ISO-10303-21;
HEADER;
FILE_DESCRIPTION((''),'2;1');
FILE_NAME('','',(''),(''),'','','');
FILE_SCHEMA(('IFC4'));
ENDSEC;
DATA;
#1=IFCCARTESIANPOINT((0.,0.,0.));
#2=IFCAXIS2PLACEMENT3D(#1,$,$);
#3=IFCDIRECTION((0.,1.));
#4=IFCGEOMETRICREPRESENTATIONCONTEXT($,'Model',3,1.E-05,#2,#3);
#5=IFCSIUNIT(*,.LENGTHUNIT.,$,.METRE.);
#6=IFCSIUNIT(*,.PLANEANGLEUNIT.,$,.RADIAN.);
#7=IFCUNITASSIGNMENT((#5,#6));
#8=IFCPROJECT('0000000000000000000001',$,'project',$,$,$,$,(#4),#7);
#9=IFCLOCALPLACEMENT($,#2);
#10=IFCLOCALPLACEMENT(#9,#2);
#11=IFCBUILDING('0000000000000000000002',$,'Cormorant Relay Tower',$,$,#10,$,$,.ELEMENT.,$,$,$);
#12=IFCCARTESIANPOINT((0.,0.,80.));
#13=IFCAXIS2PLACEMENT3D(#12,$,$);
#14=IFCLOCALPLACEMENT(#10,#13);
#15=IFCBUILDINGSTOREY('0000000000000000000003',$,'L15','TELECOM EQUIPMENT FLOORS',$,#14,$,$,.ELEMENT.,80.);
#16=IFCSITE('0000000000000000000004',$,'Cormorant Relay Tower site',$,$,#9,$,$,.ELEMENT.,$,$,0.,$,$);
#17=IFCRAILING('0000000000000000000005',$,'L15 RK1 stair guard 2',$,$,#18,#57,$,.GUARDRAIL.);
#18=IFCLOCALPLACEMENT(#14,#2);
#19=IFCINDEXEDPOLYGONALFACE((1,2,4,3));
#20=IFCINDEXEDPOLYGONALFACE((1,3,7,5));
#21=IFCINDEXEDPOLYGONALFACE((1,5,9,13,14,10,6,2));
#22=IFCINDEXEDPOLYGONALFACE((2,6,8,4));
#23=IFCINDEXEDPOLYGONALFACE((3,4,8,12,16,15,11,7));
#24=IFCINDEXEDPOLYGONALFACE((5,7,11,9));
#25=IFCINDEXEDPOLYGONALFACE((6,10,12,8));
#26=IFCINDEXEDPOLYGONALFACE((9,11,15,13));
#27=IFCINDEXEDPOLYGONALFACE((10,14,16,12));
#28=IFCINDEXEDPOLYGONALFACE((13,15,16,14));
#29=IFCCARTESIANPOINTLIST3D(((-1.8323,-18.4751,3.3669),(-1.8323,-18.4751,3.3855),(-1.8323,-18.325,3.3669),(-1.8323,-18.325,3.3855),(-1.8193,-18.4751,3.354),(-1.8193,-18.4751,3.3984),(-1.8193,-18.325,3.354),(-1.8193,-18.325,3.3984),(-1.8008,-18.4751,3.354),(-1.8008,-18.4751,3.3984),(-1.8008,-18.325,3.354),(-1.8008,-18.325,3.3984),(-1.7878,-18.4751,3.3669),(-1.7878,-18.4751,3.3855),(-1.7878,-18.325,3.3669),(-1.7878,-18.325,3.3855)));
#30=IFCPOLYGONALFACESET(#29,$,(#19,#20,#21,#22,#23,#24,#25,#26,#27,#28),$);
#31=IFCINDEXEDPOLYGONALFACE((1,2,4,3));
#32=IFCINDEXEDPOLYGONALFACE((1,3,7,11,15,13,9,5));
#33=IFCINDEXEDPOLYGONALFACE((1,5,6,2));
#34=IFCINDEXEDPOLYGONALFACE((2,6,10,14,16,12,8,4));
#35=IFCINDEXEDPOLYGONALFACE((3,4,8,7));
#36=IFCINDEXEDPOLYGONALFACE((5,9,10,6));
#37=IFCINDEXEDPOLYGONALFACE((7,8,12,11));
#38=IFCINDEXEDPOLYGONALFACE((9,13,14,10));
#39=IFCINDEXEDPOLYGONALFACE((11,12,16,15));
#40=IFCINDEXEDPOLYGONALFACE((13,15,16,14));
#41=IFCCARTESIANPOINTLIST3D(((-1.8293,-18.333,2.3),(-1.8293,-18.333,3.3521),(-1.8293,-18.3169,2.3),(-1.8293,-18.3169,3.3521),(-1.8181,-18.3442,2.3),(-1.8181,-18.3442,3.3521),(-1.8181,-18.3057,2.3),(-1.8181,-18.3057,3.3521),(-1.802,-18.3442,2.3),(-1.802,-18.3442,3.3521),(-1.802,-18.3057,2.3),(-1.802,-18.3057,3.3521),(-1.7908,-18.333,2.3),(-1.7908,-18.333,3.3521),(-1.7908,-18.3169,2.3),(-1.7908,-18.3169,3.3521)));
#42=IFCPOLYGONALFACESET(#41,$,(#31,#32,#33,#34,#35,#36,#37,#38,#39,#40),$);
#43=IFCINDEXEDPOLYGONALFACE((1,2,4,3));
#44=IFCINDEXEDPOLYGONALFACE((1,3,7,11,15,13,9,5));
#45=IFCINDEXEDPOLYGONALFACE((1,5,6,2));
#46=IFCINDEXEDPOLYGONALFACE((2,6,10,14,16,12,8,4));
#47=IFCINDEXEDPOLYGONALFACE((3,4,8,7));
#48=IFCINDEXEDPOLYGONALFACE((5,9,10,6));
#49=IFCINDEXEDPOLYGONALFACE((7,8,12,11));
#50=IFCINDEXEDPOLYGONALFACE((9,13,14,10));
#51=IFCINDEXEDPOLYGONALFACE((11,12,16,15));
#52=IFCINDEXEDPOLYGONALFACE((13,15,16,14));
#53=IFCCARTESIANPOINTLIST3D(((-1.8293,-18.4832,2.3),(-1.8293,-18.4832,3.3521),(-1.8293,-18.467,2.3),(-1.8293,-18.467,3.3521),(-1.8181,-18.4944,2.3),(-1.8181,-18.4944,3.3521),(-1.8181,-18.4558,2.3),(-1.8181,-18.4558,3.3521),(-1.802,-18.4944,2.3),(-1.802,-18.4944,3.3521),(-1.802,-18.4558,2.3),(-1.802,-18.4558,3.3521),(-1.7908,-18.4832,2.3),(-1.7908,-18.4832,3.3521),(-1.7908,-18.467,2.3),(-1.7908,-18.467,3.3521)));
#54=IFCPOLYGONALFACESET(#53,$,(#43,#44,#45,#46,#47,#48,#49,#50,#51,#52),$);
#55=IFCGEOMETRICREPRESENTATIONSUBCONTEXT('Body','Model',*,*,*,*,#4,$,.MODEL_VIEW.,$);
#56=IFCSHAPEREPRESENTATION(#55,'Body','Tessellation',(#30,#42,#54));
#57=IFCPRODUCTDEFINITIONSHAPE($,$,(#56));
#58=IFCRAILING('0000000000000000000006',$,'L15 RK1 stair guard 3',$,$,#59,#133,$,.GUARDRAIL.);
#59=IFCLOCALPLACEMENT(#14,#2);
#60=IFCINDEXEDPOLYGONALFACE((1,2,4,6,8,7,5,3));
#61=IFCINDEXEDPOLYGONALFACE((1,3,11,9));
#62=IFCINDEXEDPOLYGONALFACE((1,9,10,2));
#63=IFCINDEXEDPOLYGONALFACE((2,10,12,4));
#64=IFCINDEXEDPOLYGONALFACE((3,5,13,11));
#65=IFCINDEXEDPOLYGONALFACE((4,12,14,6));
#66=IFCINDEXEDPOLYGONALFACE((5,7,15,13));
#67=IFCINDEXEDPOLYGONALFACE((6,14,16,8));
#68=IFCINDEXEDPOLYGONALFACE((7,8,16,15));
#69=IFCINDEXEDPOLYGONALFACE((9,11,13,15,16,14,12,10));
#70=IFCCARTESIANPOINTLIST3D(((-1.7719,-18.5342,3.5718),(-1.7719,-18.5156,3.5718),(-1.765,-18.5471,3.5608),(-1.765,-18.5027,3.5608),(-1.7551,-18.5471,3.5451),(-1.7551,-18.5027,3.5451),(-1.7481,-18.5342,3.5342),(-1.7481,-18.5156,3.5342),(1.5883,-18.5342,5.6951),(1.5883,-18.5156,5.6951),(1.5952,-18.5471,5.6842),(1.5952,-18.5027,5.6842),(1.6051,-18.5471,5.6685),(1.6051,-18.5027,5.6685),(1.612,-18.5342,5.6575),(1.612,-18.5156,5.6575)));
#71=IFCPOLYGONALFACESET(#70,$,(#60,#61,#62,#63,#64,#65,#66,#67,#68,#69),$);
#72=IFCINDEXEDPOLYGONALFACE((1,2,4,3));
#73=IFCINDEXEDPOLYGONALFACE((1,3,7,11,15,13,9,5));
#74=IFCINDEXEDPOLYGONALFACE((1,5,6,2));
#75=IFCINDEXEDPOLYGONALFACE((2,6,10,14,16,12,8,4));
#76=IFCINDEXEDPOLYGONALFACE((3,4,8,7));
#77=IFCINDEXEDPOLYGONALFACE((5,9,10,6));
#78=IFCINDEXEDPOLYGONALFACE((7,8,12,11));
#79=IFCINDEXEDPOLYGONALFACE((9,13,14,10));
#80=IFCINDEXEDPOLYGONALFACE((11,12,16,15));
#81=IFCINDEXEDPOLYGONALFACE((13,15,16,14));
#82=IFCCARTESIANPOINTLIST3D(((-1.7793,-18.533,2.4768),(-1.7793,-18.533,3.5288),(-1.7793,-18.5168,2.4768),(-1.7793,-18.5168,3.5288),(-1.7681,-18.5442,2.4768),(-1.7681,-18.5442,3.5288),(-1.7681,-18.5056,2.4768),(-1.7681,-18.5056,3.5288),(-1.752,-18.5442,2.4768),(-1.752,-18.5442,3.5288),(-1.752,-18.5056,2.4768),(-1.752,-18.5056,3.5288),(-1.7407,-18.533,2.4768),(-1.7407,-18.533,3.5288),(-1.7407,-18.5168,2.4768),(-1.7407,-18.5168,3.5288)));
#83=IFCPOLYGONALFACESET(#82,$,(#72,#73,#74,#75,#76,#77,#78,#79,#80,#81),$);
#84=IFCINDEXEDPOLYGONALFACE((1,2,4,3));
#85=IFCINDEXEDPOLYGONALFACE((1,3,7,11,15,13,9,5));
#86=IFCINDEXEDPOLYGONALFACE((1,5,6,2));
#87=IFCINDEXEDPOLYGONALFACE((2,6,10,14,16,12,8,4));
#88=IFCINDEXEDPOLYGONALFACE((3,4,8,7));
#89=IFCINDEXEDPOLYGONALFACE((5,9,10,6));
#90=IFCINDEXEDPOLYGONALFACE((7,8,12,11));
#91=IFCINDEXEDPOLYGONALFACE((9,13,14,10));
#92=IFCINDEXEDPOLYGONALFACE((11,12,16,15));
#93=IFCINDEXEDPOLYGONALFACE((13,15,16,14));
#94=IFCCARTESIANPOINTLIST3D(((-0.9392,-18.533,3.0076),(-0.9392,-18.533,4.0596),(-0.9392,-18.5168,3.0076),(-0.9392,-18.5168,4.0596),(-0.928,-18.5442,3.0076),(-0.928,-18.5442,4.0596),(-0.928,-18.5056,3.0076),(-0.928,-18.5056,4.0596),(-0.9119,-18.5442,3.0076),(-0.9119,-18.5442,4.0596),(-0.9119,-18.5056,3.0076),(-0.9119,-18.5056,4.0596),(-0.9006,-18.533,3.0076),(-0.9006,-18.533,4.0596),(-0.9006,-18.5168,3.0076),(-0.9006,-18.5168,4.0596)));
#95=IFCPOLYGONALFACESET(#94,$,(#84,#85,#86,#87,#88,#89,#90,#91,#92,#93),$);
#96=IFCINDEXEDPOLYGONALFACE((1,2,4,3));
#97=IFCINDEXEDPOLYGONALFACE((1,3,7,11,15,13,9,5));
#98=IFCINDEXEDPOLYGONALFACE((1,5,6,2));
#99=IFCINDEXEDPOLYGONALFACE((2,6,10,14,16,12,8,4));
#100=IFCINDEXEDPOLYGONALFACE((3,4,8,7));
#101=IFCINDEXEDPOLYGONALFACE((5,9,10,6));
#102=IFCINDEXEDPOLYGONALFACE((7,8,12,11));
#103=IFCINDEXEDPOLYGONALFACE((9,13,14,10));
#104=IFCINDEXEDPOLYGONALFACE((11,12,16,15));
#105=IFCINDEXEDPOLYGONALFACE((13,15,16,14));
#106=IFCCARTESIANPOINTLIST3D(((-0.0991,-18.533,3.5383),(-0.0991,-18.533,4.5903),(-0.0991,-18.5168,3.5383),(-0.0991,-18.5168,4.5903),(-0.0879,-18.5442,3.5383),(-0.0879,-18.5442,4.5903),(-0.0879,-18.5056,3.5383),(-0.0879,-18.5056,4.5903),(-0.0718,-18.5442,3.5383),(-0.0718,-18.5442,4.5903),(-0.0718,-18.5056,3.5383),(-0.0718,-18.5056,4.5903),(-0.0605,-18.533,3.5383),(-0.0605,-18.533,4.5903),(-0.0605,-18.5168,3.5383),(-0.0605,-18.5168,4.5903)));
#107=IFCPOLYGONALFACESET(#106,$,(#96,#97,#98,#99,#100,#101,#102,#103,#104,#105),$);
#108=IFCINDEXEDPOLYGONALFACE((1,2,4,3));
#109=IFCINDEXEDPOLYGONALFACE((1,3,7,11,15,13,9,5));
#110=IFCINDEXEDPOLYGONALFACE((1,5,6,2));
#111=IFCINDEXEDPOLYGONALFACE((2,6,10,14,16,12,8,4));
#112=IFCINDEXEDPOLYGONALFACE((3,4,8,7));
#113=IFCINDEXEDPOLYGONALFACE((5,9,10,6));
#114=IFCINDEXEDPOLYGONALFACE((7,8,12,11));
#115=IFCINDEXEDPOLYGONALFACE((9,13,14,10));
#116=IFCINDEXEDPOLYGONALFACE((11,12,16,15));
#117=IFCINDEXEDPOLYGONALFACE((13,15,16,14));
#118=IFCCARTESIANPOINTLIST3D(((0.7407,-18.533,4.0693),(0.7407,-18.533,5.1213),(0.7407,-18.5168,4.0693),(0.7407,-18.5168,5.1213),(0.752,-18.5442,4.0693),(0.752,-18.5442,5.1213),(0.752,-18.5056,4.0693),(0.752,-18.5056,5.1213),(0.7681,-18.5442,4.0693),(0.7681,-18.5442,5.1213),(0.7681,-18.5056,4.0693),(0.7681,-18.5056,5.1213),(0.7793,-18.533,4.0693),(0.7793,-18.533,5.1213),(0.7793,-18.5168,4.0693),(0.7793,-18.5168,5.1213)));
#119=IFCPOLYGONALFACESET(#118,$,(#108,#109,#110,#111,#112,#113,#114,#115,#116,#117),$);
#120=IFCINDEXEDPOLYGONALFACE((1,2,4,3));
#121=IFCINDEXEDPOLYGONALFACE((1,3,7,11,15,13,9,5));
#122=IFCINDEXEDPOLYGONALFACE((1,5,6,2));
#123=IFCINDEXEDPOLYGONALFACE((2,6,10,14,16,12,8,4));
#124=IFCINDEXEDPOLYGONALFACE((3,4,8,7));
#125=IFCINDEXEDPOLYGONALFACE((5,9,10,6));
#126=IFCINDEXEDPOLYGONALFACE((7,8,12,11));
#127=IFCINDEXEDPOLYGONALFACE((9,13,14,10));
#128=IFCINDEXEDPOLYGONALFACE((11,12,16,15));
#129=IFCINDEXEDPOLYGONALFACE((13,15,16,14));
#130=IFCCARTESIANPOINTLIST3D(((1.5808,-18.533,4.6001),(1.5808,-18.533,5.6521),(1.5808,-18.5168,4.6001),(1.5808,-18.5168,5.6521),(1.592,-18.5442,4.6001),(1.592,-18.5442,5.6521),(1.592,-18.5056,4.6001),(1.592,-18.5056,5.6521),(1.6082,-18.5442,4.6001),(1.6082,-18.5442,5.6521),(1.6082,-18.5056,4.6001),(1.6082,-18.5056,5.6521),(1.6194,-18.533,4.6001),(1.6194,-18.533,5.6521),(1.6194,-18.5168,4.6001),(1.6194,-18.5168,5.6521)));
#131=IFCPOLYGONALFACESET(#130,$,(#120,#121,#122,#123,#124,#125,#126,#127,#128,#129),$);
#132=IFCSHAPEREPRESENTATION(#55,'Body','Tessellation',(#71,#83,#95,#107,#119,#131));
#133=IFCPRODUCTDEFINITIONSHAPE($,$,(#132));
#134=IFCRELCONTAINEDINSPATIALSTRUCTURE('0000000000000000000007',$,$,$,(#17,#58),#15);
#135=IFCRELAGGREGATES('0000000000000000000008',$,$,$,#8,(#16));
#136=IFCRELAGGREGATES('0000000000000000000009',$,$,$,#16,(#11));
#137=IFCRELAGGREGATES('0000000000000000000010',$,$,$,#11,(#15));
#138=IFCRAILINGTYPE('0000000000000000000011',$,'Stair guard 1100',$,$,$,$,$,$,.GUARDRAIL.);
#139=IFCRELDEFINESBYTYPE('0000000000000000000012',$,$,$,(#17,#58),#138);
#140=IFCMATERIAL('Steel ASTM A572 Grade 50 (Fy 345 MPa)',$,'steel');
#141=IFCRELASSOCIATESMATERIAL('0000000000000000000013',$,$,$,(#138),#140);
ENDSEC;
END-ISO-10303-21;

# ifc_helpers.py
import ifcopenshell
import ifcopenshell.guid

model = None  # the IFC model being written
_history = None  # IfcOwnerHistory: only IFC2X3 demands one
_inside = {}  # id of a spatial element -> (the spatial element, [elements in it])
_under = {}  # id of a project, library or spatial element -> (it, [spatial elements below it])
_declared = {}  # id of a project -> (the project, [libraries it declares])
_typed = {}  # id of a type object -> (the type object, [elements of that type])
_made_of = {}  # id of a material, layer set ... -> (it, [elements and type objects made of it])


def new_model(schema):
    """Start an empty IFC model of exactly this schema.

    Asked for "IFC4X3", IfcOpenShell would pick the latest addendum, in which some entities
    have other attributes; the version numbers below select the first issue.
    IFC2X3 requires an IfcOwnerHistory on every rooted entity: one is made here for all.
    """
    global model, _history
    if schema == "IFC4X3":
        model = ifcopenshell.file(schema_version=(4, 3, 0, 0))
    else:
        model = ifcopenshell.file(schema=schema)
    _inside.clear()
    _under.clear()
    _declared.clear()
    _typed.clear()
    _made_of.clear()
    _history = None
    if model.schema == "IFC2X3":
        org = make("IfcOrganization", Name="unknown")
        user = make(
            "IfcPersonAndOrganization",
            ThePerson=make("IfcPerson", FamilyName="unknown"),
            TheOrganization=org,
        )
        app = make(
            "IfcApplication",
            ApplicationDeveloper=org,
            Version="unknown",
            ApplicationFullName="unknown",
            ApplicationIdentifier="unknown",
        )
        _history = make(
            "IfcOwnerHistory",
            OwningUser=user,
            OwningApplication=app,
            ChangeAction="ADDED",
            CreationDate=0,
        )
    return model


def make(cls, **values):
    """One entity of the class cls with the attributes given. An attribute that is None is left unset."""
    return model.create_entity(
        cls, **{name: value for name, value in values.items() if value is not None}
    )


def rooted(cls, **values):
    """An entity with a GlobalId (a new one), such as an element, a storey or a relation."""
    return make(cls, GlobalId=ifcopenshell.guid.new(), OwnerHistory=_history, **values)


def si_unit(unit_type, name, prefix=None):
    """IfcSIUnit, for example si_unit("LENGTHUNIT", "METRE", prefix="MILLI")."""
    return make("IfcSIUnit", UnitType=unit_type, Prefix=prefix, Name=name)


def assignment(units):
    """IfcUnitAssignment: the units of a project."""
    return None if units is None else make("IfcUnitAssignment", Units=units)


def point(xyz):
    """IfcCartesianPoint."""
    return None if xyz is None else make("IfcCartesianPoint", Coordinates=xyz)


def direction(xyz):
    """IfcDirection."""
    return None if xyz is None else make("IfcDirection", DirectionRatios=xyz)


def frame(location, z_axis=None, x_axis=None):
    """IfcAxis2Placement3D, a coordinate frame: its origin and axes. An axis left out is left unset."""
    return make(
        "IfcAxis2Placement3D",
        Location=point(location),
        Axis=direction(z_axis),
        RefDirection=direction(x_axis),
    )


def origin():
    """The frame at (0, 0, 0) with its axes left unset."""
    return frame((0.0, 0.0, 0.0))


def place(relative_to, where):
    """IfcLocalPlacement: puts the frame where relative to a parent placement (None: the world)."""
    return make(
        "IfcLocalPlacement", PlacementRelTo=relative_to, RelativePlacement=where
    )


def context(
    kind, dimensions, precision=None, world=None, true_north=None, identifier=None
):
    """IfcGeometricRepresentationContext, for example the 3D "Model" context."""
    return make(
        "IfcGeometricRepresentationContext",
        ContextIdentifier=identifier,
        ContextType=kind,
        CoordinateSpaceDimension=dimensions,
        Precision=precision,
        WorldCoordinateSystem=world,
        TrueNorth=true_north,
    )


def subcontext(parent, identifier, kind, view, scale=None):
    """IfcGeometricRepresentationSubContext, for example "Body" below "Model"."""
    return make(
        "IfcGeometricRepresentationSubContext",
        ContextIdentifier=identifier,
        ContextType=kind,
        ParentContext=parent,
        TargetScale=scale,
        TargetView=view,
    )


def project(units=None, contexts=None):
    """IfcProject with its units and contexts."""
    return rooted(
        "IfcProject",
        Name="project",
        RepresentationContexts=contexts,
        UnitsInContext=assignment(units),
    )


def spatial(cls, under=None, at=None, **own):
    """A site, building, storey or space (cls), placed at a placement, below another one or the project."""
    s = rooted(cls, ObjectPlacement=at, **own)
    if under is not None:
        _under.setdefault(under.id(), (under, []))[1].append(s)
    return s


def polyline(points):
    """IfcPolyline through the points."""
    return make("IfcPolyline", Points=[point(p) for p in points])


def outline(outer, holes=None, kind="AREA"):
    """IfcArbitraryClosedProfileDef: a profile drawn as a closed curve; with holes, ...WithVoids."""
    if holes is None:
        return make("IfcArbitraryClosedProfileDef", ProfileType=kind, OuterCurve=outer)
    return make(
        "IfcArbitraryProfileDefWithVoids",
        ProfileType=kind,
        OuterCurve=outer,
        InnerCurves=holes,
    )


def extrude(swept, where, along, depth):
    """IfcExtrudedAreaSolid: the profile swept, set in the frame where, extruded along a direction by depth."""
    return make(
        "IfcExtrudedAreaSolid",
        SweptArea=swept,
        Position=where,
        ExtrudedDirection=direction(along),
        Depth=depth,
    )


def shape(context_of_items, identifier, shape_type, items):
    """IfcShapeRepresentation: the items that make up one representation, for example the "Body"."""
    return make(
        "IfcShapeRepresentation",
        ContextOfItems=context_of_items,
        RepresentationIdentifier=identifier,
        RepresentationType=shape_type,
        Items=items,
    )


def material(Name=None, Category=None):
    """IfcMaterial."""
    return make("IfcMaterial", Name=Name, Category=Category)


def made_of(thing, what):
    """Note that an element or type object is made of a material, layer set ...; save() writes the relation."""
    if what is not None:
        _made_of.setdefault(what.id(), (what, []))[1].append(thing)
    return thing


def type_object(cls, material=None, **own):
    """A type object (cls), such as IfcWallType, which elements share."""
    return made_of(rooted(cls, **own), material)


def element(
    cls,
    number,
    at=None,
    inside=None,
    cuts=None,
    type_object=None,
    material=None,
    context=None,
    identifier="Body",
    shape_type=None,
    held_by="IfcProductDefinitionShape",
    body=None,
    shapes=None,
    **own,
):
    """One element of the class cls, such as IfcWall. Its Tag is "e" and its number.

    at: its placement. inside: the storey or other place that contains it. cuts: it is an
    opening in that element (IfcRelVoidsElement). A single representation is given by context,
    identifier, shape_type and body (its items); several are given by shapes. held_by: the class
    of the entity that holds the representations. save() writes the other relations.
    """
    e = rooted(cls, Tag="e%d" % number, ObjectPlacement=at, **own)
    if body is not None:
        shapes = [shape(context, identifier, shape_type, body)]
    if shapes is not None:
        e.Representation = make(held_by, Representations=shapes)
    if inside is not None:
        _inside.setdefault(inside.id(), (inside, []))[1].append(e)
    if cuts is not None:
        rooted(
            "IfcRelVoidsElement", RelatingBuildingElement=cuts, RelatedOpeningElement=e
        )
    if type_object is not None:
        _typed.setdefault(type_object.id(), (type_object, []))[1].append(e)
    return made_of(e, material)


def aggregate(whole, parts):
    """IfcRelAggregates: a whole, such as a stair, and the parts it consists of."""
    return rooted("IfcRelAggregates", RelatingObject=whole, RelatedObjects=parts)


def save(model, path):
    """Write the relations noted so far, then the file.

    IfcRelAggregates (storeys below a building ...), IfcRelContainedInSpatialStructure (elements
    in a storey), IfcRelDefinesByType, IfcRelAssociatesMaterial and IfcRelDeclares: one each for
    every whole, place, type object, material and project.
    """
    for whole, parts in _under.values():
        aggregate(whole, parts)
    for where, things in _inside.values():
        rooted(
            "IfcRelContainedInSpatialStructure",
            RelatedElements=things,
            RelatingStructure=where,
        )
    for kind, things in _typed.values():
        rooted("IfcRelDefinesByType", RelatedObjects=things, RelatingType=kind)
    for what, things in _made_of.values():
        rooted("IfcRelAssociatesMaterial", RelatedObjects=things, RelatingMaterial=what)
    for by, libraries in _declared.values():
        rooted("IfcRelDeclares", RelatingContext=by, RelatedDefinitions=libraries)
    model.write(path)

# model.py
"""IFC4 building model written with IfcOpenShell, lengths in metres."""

from ifc_helpers import new_model, si_unit, direction, frame, origin, place, context, subcontext, project, spatial, polyline, outline, extrude, material, type_object, element, save


model = new_model("IFC4")

# Units and contexts
model_context = context("Model", 3, precision=1e-05, world=origin(), true_north=direction((0.0, 1.0)))
body_context = subcontext(model_context, "Body", "Model", "MODEL_VIEW")
ifc_project = project(units=[si_unit("LENGTHUNIT", "METRE"), si_unit("PLANEANGLEUNIT", "RADIAN")], contexts=[model_context])

# Site, building, storey
site_placement = place(None, origin())
site = spatial("IfcSite", under=ifc_project, at=site_placement, Name="Cormorant Relay Tower site", CompositionType="ELEMENT", RefElevation=0.0)
building_placement = place(site_placement, origin())
building = spatial("IfcBuilding", under=site, at=building_placement, Name="Cormorant Relay Tower", CompositionType="ELEMENT")
storey_placement = place(building_placement, frame((0.0, 0.0, 80.0)))
storey = spatial("IfcBuildingStorey", under=building, at=storey_placement, Name="L15", Description="TELECOM EQUIPMENT FLOORS", CompositionType="ELEMENT", Elevation=80.0)

# Railings
ifc_material_1 = material(Name="Steel ASTM A572 Grade 50 (Fy 345 MPa)", Category="steel")
railing_type_1 = type_object("IfcRailingType", Name="Stair guard 1100", PredefinedType="GUARDRAIL", material=ifc_material_1)
railing_1_placement = place(storey_placement, frame((-1.8101, -18.325, 2.3)))
element("IfcRailing", 1, at=railing_1_placement, inside=storey, type_object=railing_type_1, Name="L15 RK1 stair guard 2", PredefinedType="GUARDRAIL", context=body_context, shape_type="SweptSolid", body=[
    extrude(outline(polyline([(0.0222, 0.0093), (0.0093, 0.0222), (-0.0093, 0.0222), (-0.0222, 0.0093), (-0.0222, -0.0093), (-0.0093, -0.0222), (0.0093, -0.0222), (0.0222, -0.0093), (0.0222, 0.0093)])), frame((0.0, 0.0, 1.0762), z_axis=(0.0, -1.0, 0.0), x_axis=(1.0, 0.0, 0.0)), (0.0, 0.0, 1.0), 0.1501),
    extrude(outline(polyline([(0.0193, 0.0081), (0.0081, 0.0193), (-0.0081, 0.0193), (-0.0193, 0.0081), (-0.0193, -0.0081), (-0.0081, -0.0193), (0.0081, -0.0193), (0.0193, -0.0081), (0.0193, 0.0081)])), origin(), (0.0, 0.0, 1.0), 1.052),
    extrude(outline(polyline([(0.0193, 0.0081), (0.0081, 0.0193), (-0.0081, 0.0193), (-0.0193, 0.0081), (-0.0193, -0.0081), (-0.0081, -0.0193), (0.0081, -0.0193), (0.0193, -0.0081), (0.0193, 0.0081)])), frame((0.0, -0.1501, 0.0)), (0.0, 0.0, 1.0), 1.052),
])
railing_2_placement = place(storey_placement, frame((-1.76, -18.5249, 2.4768)))
element("IfcRailing", 2, at=railing_2_placement, inside=storey, type_object=railing_type_1, Name="L15 RK1 stair guard 3", PredefinedType="GUARDRAIL", context=body_context, shape_type="SweptSolid", body=[
    extrude(outline(polyline([(0.0222, 0.0093), (0.0093, 0.0222), (-0.0093, 0.0222), (-0.0222, 0.0093), (-0.0222, -0.0093), (-0.0093, -0.0222), (0.0093, -0.0222), (0.0222, -0.0093), (0.0222, 0.0093)])), frame((0.0, 0.0, 1.0762), z_axis=(0.845362, 0.0, 0.534194), x_axis=(0.0, 1.0, 0.0)), (0.0, 0.0, 1.0), 3.9749),
    extrude(outline(polyline([(0.0193, 0.0081), (0.0081, 0.0193), (-0.0081, 0.0193), (-0.0193, 0.0081), (-0.0193, -0.0081), (-0.0081, -0.0193), (0.0081, -0.0193), (0.0193, -0.0081), (0.0193, 0.0081)])), origin(), (0.0, 0.0, 1.0), 1.052),
    extrude(outline(polyline([(0.0193, 0.0081), (0.0081, 0.0193), (-0.0081, 0.0193), (-0.0193, 0.0081), (-0.0193, -0.0081), (-0.0081, -0.0193), (0.0081, -0.0193), (0.0193, -0.0081), (0.0193, 0.0081)])), frame((0.8401, 0.0, 0.5308)), (0.0, 0.0, 1.0), 1.052),
    extrude(outline(polyline([(0.0193, 0.0081), (0.0081, 0.0193), (-0.0081, 0.0193), (-0.0193, 0.0081), (-0.0193, -0.0081), (-0.0081, -0.0193), (0.0081, -0.0193), (0.0193, -0.0081), (0.0193, 0.0081)])), frame((1.6802, 0.0, 1.0615)), (0.0, 0.0, 1.0), 1.052),
    extrude(outline(polyline([(0.0193, 0.0081), (0.0081, 0.0193), (-0.0081, 0.0193), (-0.0193, 0.0081), (-0.0193, -0.0081), (-0.0081, -0.0193), (0.0081, -0.0193), (0.0193, -0.0081), (0.0193, 0.0081)])), frame((2.52, 0.0, 1.5925)), (0.0, 0.0, 1.0), 1.052),
    extrude(outline(polyline([(0.0193, 0.0081), (0.0081, 0.0193), (-0.0081, 0.0193), (-0.0193, 0.0081), (-0.0193, -0.0081), (-0.0081, -0.0193), (0.0081, -0.0193), (0.0193, -0.0081), (0.0193, 0.0081)])), frame((3.3601, 0.0, 2.1233)), (0.0, 0.0, 1.0), 1.052),
])

save(model, "model.ifc")
